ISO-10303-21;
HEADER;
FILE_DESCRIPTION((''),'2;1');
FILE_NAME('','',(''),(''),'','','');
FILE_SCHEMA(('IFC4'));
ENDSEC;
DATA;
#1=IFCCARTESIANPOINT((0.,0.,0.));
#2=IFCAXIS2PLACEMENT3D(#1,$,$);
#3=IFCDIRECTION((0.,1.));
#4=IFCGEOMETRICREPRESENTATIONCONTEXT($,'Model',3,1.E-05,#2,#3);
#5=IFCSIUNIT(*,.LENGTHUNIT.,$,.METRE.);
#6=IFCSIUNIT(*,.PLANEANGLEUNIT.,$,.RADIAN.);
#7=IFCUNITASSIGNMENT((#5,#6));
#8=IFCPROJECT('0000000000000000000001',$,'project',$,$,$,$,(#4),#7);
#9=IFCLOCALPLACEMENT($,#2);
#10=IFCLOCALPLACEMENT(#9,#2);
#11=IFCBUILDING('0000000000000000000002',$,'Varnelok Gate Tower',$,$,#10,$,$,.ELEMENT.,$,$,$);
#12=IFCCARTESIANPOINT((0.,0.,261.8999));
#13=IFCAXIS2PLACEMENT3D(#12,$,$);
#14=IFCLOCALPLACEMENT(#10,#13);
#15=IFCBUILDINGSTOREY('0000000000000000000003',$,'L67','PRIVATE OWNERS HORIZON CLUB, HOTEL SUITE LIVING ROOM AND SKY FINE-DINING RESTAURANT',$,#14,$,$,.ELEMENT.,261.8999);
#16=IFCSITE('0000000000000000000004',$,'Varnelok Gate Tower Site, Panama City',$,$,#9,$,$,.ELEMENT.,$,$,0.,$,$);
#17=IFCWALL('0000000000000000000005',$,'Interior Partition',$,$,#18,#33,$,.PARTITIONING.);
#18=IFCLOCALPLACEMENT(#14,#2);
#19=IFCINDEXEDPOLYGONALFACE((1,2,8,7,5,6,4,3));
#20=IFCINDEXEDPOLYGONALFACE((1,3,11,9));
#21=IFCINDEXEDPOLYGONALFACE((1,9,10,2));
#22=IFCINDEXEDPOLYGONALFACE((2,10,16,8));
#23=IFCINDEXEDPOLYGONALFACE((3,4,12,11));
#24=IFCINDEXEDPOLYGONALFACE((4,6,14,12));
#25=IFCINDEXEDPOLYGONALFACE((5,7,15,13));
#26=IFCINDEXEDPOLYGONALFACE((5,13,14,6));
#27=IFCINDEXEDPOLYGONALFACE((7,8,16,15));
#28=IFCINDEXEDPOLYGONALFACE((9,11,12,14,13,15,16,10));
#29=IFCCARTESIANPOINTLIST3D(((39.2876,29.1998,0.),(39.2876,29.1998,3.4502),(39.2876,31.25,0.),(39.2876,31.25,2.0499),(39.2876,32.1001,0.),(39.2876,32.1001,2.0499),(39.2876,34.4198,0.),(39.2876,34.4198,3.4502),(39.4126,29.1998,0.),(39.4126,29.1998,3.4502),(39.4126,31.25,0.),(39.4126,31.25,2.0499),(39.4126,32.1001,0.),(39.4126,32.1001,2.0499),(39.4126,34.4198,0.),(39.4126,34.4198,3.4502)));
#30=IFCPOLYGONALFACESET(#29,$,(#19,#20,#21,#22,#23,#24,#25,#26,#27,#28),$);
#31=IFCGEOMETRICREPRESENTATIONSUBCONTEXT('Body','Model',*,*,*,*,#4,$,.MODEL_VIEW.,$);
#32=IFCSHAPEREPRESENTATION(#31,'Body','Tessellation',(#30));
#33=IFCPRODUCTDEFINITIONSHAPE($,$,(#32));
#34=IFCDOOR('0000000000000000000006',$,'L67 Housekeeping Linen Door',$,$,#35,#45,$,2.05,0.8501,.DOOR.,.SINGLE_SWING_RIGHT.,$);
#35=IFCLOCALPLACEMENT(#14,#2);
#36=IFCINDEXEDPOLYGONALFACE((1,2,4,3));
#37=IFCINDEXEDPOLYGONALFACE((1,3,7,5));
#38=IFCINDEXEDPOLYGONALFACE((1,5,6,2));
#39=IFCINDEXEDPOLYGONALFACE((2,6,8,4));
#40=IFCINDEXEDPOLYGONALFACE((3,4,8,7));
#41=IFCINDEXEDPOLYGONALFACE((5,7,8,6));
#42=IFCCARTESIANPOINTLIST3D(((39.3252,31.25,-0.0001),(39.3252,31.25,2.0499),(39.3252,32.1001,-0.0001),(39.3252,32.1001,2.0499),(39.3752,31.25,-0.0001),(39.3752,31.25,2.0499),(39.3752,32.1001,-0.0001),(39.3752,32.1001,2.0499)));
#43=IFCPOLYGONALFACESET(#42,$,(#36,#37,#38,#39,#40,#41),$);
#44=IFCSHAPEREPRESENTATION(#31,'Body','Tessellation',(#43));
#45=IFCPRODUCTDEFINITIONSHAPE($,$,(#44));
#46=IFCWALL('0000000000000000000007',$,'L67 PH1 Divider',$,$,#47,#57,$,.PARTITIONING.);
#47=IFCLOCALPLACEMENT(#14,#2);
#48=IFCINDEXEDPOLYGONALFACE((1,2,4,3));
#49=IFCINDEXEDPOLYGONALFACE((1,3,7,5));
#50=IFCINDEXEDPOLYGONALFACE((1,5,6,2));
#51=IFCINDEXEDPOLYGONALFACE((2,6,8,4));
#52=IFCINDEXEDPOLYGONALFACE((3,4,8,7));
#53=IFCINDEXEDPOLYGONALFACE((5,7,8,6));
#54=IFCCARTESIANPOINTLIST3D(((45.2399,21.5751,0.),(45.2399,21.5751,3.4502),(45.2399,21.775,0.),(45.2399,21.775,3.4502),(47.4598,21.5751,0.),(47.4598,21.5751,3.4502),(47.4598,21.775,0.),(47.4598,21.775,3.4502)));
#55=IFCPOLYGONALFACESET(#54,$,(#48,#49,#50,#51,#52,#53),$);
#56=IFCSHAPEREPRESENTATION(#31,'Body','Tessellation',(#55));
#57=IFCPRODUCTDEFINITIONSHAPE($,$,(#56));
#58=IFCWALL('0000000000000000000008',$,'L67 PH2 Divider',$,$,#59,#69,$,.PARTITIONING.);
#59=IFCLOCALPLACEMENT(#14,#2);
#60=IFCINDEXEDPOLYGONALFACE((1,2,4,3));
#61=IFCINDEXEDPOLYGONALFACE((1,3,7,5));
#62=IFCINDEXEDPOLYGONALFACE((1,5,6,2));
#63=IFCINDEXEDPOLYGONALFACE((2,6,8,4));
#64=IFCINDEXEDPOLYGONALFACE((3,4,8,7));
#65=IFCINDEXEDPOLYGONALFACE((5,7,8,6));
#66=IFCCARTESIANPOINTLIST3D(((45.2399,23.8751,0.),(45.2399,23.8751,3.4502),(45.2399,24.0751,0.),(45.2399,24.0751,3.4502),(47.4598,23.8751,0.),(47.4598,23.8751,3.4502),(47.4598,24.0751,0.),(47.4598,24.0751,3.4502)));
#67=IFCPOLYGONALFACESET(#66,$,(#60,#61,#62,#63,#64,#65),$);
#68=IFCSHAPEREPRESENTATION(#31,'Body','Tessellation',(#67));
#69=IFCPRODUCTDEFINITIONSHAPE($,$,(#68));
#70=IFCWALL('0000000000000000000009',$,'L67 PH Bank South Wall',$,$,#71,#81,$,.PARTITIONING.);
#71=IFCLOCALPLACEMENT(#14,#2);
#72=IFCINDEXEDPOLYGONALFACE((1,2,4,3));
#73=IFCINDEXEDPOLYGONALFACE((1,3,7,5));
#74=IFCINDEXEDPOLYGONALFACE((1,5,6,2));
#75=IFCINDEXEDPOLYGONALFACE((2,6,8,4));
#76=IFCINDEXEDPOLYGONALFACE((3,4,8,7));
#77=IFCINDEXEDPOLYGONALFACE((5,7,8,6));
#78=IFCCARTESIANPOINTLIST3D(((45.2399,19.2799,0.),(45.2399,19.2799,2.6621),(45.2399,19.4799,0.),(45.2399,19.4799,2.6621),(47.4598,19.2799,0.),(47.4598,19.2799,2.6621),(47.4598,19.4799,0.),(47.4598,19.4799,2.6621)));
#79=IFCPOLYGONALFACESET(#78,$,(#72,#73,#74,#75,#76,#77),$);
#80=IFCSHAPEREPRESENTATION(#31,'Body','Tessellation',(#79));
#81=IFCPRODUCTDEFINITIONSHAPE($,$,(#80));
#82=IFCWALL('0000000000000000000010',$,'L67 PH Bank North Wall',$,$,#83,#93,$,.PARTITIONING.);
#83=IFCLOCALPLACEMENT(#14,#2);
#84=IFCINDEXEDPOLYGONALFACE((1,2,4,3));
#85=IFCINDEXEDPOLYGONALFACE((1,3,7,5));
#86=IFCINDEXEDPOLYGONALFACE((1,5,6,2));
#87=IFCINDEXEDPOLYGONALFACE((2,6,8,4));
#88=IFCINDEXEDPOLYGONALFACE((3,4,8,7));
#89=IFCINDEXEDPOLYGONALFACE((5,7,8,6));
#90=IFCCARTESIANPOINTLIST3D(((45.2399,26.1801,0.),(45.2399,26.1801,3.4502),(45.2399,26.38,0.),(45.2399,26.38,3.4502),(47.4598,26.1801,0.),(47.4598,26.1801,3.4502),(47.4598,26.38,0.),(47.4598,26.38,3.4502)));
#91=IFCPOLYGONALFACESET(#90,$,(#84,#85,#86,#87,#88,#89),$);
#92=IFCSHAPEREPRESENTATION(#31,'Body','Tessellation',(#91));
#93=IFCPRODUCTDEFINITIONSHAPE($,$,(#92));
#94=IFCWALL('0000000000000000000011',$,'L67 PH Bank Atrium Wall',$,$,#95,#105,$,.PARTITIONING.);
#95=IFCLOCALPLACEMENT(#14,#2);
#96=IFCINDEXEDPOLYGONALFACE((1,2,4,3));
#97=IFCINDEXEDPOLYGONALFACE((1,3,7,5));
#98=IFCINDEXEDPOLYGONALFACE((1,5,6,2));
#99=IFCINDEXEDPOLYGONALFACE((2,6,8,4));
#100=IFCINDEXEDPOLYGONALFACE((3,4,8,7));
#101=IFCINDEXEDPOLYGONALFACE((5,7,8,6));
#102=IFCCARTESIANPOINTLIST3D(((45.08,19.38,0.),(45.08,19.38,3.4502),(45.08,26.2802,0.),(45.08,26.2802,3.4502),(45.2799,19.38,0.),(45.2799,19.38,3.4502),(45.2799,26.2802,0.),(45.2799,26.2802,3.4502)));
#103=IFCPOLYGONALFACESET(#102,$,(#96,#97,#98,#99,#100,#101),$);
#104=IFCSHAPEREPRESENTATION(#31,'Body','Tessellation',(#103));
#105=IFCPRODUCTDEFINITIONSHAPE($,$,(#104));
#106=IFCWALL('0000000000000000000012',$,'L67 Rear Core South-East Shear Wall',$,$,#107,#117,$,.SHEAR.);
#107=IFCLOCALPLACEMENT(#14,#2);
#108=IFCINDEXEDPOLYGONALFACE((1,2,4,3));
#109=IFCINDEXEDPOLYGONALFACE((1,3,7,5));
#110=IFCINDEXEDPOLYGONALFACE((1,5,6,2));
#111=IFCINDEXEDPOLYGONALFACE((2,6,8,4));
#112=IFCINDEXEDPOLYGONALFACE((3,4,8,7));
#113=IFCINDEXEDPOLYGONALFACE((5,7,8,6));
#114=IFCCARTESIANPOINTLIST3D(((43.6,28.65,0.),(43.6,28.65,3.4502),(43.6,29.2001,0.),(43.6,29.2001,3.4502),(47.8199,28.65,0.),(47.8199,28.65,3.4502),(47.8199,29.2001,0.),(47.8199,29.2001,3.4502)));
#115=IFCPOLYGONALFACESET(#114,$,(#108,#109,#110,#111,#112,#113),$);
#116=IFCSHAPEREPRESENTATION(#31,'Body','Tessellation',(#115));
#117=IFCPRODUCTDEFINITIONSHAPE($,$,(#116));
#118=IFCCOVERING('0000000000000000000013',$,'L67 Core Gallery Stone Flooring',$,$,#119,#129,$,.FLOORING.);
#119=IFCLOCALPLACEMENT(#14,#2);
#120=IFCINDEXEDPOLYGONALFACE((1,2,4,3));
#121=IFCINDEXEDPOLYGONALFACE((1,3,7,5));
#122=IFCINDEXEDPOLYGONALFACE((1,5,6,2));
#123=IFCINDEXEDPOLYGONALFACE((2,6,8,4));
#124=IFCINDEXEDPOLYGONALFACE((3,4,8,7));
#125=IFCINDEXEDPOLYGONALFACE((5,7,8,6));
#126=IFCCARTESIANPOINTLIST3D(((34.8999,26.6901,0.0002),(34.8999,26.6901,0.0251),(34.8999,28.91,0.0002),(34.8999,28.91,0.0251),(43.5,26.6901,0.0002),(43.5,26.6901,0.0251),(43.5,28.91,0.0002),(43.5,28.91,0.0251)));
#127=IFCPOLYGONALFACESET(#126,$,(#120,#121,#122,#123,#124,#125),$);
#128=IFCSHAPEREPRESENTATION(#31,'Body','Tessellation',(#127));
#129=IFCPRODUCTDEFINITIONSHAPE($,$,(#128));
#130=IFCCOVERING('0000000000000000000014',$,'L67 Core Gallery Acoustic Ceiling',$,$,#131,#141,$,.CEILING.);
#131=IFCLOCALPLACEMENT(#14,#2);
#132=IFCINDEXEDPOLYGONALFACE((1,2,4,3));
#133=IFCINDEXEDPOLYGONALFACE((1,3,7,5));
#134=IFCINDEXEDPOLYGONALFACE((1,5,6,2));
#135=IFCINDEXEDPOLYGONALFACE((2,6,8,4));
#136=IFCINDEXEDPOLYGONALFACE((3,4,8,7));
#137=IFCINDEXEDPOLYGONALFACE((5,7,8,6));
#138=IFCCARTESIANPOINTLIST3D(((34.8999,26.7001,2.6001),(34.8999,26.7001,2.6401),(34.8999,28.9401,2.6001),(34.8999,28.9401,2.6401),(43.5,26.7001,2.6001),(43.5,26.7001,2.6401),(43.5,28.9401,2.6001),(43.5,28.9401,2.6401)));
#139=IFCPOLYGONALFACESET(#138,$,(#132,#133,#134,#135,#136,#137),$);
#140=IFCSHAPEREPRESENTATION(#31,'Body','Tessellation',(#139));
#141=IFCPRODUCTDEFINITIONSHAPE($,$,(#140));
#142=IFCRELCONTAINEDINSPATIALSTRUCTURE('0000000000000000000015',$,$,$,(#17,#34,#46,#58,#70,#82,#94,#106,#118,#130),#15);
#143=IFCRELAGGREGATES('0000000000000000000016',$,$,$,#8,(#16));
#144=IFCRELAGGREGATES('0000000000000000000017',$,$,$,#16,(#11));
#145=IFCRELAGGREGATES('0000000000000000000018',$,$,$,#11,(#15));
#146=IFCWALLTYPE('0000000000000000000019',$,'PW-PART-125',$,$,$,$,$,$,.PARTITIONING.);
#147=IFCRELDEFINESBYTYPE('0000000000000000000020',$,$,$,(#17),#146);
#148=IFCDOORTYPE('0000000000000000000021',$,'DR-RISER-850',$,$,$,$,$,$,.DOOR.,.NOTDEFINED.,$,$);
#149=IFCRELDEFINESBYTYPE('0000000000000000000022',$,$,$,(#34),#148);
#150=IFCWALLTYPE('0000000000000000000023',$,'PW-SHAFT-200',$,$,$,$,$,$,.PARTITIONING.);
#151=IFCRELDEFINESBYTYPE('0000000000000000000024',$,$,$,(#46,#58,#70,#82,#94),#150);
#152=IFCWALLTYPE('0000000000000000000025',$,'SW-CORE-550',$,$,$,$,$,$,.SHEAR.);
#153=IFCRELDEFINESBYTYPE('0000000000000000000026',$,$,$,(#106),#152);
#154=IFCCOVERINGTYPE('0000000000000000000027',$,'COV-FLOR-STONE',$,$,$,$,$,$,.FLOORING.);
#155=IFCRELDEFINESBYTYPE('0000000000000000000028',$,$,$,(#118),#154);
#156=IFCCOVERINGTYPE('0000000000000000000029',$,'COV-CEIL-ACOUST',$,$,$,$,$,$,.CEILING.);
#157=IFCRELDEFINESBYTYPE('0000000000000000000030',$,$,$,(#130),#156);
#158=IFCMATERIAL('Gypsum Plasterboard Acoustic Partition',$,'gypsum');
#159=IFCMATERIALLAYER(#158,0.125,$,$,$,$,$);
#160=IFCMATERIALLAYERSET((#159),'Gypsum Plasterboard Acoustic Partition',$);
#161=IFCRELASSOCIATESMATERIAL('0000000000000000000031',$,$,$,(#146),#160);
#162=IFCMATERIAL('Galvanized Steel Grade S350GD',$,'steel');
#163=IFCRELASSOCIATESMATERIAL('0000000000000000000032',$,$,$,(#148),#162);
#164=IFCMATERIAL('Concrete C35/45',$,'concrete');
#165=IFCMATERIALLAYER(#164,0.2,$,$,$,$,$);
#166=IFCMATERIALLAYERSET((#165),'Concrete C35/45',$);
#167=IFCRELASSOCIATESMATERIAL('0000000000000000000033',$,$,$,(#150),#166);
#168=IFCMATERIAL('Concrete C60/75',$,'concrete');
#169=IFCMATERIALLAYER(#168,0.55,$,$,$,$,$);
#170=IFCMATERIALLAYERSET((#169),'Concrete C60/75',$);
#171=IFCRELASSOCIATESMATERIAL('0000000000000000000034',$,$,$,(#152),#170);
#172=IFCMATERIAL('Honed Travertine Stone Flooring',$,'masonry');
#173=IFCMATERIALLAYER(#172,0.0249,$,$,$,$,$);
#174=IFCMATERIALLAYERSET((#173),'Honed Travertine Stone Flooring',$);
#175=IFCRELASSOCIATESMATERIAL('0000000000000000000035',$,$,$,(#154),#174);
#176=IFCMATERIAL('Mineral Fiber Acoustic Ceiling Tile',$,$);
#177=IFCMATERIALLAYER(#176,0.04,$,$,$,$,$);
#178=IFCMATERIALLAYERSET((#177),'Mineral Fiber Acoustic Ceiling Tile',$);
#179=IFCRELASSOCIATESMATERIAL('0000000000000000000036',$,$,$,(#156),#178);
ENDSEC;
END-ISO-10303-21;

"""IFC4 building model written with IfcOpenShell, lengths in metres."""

from ifc_helpers import new_model, si_unit, direction, frame, frame_2d, origin, origin_2d, place, context, subcontext, project, spatial, rectangle, extrude, source, transform, mapped, material, layer, layer_set, type_object, element, fill, save


model = new_model("IFC4")

# Units and contexts
model_context = context("Model", 3, precision=1e-05, world=origin(), true_north=direction((0.0, 1.0)))
body_context = subcontext(model_context, "Body", "Model", "MODEL_VIEW")
ifc_project = project(units=[si_unit("LENGTHUNIT", "METRE"), si_unit("PLANEANGLEUNIT", "RADIAN")], contexts=[model_context])

# Site, building, storey
site_placement = place(None, origin())
site = spatial("IfcSite", under=ifc_project, at=site_placement, Name="Varnelok Gate Tower Site, Panama City", CompositionType="ELEMENT", RefElevation=0.0)
building_placement = place(site_placement, origin())
building = spatial("IfcBuilding", under=site, at=building_placement, Name="Varnelok Gate Tower", CompositionType="ELEMENT")
storey_placement = place(building_placement, frame((0.0, 0.0, 261.8999)))
storey = spatial("IfcBuildingStorey", under=building, at=storey_placement, Name="L67", Description="PRIVATE OWNERS HORIZON CLUB, HOTEL SUITE LIVING ROOM AND SKY FINE-DINING RESTAURANT", CompositionType="ELEMENT", Elevation=261.8999)

# Wall, opening, door
ifc_material_1 = material(Name="Gypsum Plasterboard Acoustic Partition", Category="gypsum")
ifc_layer_1 = layer(ifc_material_1, 0.125)
ifc_layer_set_1 = layer_set([ifc_layer_1], Name="Gypsum Plasterboard Acoustic Partition")
wall_type_1 = type_object("IfcWallType", Name="PW-PART-125", PredefinedType="PARTITIONING", material=ifc_layer_set_1)
wall_1_placement = place(storey_placement, frame((39.3501, 29.2, 0.0), z_axis=(0.0, 0.0, 1.0), x_axis=(0.0, 1.0, 0.0)))
wall_1 = element("IfcWall", 1, at=wall_1_placement, inside=storey, type_object=wall_type_1, Name="Interior Partition", PredefinedType="PARTITIONING", context=body_context, shape_type="SweptSolid", body=[
    extrude(rectangle(XDim=5.22, YDim=0.125, at=frame_2d((2.6099, 0.0))), origin(), (0.0, 0.0, 1.0), 3.4502),
])
opening_1_placement = place(wall_1_placement, frame((2.05, 0.0, 0.0)))
opening_1 = element("IfcOpeningElement", 2, at=opening_1_placement, cuts=wall_1, PredefinedType="OPENING", context=body_context, shape_type="SweptSolid", body=[
    extrude(rectangle(XDim=0.8501, YDim=2.05, at=frame_2d((0.425, 1.0249))), frame((0.0, 0.0725, 0.0), z_axis=(0.0, -1.0, 0.0), x_axis=(1.0, 0.0, 0.0)), (0.0, 0.0, 1.0), 0.145),
])
ifc_material_2 = material(Name="Galvanized Steel Grade S350GD", Category="steel")
door_type_1 = type_object("IfcDoorType", Name="DR-RISER-850", OperationType="NOTDEFINED", PredefinedType="DOOR", material=ifc_material_2)
door_1_placement = place(opening_1_placement, origin())
door_1 = element("IfcDoor", 3, at=door_1_placement, inside=storey, type_object=door_type_1, Name="L67 Housekeeping Linen Door", OperationType="SINGLE_SWING_RIGHT", OverallHeight=2.05, OverallWidth=0.8501, PredefinedType="DOOR", context=body_context, shape_type="SweptSolid", body=[
    extrude(rectangle(XDim=0.8501, YDim=2.05, at=frame_2d((0.425, 1.0249))), frame((0.0, 0.0249, 0.0), z_axis=(0.0, -1.0, 0.0), x_axis=(1.0, 0.0, 0.0)), (0.0, 0.0, 1.0), 0.05),
])
fill(opening_1, door_1)

# Walls
ifc_material_3 = material(Name="Concrete C35/45", Category="concrete")
ifc_layer_2 = layer(ifc_material_3, 0.2)
ifc_layer_set_2 = layer_set([ifc_layer_2], Name="Concrete C35/45")
wall_type_2 = type_object("IfcWallType", Name="PW-SHAFT-200", PredefinedType="PARTITIONING", material=ifc_layer_set_2)
for number, where, z_axis, x_axis, name in (
    (4, (45.24, 21.675, 0.0), (0.0, 0.0, 1.0), (1.0, 0.0, 0.0), "L67 PH1 Divider"),
    (5, (45.24, 23.9751, 0.0), (0.0, 0.0, 1.0), (1.0, 0.0, 0.0), "L67 PH2 Divider"),
):
    element("IfcWall", number, at=place(storey_placement, frame(where, z_axis=z_axis, x_axis=x_axis)), inside=storey, type_object=wall_type_2, Name=name, PredefinedType="PARTITIONING", context=body_context, shape_type="SweptSolid", body=[
        extrude(rectangle(XDim=2.22, YDim=0.2, at=frame_2d((1.1099, 0.0))), origin(), (0.0, 0.0, 1.0), 3.4502),
    ])
wall_2_placement = place(storey_placement, frame((45.24, 19.3799, 0.0), z_axis=(0.0, 0.0, 1.0), x_axis=(1.0, 0.0, 0.0)))
element("IfcWall", 6, at=wall_2_placement, inside=storey, type_object=wall_type_2, Name="L67 PH Bank South Wall", PredefinedType="PARTITIONING", context=body_context, shape_type="SweptSolid", body=[
    extrude(rectangle(XDim=2.22, YDim=0.2, at=frame_2d((1.1099, 0.0))), origin(), (0.0, 0.0, 1.0), 2.6621),
])
wall_3_placement = place(storey_placement, frame((45.24, 26.28, 0.0), z_axis=(0.0, 0.0, 1.0), x_axis=(1.0, 0.0, 0.0)))
element("IfcWall", 7, at=wall_3_placement, inside=storey, type_object=wall_type_2, Name="L67 PH Bank North Wall", PredefinedType="PARTITIONING", context=body_context, shape_type="SweptSolid", body=[
    extrude(rectangle(XDim=2.22, YDim=0.2, at=frame_2d((1.1099, 0.0))), origin(), (0.0, 0.0, 1.0), 3.4502),
])
wall_4_placement = place(storey_placement, frame((45.1799, 19.3799, 0.0), z_axis=(0.0, 0.0, 1.0), x_axis=(0.0, 1.0, 0.0)))
element("IfcWall", 8, at=wall_4_placement, inside=storey, type_object=wall_type_2, Name="L67 PH Bank Atrium Wall", PredefinedType="PARTITIONING", context=body_context, shape_type="SweptSolid", body=[
    extrude(rectangle(XDim=6.9001, YDim=0.2, at=frame_2d((3.4502, 0.0))), origin(), (0.0, 0.0, 1.0), 3.4502),
])

# Wall
ifc_material_4 = material(Name="Concrete C60/75", Category="concrete")
ifc_layer_3 = layer(ifc_material_4, 0.55)
ifc_layer_set_3 = layer_set([ifc_layer_3], Name="Concrete C60/75")
wall_type_3 = type_object("IfcWallType", Name="SW-CORE-550", PredefinedType="SHEAR", material=ifc_layer_set_3)
wall_5_placement = place(storey_placement, frame((43.6001, 28.925, 0.0), z_axis=(0.0, 0.0, 1.0), x_axis=(1.0, 0.0, 0.0)))
element("IfcWall", 9, at=wall_5_placement, inside=storey, type_object=wall_type_3, Name="L67 Rear Core South-East Shear Wall", PredefinedType="SHEAR", context=body_context, shape_type="SweptSolid", body=[
    extrude(rectangle(XDim=4.22, YDim=0.55, at=frame_2d((2.1099, 0.0))), origin(), (0.0, 0.0, 1.0), 3.4502),
])

# Coverings
ifc_material_5 = material(Name="Honed Travertine Stone Flooring", Category="masonry")
ifc_layer_4 = layer(ifc_material_5, 0.0249)
ifc_layer_set_4 = layer_set([ifc_layer_4], Name="Honed Travertine Stone Flooring")
covering_type_1 = type_object("IfcCoveringType", Name="COV-FLOR-STONE", PredefinedType="FLOORING", material=ifc_layer_set_4)
shared_shape_1 = source(origin(), body_context, "Body", "SweptSolid", [
    extrude(rectangle(XDim=8.6001, YDim=2.22, at=origin_2d()), origin(), (0.0, 0.0, 1.0), 0.0249),
])
covering_1_placement = place(storey_placement, frame((39.2, 27.8, 0.0002), z_axis=(0.0, 0.0, 1.0), x_axis=(1.0, 0.0, 0.0)))
element("IfcCovering", 10, at=covering_1_placement, inside=storey, type_object=covering_type_1, Name="L67 Core Gallery Stone Flooring", PredefinedType="FLOORING", context=body_context, shape_type="MappedRepresentation", body=[
    mapped(shared_shape_1, transform((0.0, 0.0, 0.0), scale=1.0)),
])
ifc_material_6 = material(Name="Mineral Fiber Acoustic Ceiling Tile")
ifc_layer_5 = layer(ifc_material_6, 0.04)
ifc_layer_set_5 = layer_set([ifc_layer_5], Name="Mineral Fiber Acoustic Ceiling Tile")
covering_type_2 = type_object("IfcCoveringType", Name="COV-CEIL-ACOUST", PredefinedType="CEILING", material=ifc_layer_set_5)
shared_shape_2 = source(origin(), body_context, "Body", "SweptSolid", [
    extrude(rectangle(XDim=8.6001, YDim=2.24, at=origin_2d()), origin(), (0.0, 0.0, 1.0), 0.04),
])
covering_2_placement = place(storey_placement, frame((39.2, 27.8201, 2.6001), z_axis=(0.0, 0.0, 1.0), x_axis=(1.0, 0.0, 0.0)))
element("IfcCovering", 11, at=covering_2_placement, inside=storey, type_object=covering_type_2, Name="L67 Core Gallery Acoustic Ceiling", PredefinedType="CEILING", context=body_context, shape_type="MappedRepresentation", body=[
    mapped(shared_shape_2, transform((0.0, 0.0, 0.0), scale=1.0)),
])

save(model, "model.ifc")
